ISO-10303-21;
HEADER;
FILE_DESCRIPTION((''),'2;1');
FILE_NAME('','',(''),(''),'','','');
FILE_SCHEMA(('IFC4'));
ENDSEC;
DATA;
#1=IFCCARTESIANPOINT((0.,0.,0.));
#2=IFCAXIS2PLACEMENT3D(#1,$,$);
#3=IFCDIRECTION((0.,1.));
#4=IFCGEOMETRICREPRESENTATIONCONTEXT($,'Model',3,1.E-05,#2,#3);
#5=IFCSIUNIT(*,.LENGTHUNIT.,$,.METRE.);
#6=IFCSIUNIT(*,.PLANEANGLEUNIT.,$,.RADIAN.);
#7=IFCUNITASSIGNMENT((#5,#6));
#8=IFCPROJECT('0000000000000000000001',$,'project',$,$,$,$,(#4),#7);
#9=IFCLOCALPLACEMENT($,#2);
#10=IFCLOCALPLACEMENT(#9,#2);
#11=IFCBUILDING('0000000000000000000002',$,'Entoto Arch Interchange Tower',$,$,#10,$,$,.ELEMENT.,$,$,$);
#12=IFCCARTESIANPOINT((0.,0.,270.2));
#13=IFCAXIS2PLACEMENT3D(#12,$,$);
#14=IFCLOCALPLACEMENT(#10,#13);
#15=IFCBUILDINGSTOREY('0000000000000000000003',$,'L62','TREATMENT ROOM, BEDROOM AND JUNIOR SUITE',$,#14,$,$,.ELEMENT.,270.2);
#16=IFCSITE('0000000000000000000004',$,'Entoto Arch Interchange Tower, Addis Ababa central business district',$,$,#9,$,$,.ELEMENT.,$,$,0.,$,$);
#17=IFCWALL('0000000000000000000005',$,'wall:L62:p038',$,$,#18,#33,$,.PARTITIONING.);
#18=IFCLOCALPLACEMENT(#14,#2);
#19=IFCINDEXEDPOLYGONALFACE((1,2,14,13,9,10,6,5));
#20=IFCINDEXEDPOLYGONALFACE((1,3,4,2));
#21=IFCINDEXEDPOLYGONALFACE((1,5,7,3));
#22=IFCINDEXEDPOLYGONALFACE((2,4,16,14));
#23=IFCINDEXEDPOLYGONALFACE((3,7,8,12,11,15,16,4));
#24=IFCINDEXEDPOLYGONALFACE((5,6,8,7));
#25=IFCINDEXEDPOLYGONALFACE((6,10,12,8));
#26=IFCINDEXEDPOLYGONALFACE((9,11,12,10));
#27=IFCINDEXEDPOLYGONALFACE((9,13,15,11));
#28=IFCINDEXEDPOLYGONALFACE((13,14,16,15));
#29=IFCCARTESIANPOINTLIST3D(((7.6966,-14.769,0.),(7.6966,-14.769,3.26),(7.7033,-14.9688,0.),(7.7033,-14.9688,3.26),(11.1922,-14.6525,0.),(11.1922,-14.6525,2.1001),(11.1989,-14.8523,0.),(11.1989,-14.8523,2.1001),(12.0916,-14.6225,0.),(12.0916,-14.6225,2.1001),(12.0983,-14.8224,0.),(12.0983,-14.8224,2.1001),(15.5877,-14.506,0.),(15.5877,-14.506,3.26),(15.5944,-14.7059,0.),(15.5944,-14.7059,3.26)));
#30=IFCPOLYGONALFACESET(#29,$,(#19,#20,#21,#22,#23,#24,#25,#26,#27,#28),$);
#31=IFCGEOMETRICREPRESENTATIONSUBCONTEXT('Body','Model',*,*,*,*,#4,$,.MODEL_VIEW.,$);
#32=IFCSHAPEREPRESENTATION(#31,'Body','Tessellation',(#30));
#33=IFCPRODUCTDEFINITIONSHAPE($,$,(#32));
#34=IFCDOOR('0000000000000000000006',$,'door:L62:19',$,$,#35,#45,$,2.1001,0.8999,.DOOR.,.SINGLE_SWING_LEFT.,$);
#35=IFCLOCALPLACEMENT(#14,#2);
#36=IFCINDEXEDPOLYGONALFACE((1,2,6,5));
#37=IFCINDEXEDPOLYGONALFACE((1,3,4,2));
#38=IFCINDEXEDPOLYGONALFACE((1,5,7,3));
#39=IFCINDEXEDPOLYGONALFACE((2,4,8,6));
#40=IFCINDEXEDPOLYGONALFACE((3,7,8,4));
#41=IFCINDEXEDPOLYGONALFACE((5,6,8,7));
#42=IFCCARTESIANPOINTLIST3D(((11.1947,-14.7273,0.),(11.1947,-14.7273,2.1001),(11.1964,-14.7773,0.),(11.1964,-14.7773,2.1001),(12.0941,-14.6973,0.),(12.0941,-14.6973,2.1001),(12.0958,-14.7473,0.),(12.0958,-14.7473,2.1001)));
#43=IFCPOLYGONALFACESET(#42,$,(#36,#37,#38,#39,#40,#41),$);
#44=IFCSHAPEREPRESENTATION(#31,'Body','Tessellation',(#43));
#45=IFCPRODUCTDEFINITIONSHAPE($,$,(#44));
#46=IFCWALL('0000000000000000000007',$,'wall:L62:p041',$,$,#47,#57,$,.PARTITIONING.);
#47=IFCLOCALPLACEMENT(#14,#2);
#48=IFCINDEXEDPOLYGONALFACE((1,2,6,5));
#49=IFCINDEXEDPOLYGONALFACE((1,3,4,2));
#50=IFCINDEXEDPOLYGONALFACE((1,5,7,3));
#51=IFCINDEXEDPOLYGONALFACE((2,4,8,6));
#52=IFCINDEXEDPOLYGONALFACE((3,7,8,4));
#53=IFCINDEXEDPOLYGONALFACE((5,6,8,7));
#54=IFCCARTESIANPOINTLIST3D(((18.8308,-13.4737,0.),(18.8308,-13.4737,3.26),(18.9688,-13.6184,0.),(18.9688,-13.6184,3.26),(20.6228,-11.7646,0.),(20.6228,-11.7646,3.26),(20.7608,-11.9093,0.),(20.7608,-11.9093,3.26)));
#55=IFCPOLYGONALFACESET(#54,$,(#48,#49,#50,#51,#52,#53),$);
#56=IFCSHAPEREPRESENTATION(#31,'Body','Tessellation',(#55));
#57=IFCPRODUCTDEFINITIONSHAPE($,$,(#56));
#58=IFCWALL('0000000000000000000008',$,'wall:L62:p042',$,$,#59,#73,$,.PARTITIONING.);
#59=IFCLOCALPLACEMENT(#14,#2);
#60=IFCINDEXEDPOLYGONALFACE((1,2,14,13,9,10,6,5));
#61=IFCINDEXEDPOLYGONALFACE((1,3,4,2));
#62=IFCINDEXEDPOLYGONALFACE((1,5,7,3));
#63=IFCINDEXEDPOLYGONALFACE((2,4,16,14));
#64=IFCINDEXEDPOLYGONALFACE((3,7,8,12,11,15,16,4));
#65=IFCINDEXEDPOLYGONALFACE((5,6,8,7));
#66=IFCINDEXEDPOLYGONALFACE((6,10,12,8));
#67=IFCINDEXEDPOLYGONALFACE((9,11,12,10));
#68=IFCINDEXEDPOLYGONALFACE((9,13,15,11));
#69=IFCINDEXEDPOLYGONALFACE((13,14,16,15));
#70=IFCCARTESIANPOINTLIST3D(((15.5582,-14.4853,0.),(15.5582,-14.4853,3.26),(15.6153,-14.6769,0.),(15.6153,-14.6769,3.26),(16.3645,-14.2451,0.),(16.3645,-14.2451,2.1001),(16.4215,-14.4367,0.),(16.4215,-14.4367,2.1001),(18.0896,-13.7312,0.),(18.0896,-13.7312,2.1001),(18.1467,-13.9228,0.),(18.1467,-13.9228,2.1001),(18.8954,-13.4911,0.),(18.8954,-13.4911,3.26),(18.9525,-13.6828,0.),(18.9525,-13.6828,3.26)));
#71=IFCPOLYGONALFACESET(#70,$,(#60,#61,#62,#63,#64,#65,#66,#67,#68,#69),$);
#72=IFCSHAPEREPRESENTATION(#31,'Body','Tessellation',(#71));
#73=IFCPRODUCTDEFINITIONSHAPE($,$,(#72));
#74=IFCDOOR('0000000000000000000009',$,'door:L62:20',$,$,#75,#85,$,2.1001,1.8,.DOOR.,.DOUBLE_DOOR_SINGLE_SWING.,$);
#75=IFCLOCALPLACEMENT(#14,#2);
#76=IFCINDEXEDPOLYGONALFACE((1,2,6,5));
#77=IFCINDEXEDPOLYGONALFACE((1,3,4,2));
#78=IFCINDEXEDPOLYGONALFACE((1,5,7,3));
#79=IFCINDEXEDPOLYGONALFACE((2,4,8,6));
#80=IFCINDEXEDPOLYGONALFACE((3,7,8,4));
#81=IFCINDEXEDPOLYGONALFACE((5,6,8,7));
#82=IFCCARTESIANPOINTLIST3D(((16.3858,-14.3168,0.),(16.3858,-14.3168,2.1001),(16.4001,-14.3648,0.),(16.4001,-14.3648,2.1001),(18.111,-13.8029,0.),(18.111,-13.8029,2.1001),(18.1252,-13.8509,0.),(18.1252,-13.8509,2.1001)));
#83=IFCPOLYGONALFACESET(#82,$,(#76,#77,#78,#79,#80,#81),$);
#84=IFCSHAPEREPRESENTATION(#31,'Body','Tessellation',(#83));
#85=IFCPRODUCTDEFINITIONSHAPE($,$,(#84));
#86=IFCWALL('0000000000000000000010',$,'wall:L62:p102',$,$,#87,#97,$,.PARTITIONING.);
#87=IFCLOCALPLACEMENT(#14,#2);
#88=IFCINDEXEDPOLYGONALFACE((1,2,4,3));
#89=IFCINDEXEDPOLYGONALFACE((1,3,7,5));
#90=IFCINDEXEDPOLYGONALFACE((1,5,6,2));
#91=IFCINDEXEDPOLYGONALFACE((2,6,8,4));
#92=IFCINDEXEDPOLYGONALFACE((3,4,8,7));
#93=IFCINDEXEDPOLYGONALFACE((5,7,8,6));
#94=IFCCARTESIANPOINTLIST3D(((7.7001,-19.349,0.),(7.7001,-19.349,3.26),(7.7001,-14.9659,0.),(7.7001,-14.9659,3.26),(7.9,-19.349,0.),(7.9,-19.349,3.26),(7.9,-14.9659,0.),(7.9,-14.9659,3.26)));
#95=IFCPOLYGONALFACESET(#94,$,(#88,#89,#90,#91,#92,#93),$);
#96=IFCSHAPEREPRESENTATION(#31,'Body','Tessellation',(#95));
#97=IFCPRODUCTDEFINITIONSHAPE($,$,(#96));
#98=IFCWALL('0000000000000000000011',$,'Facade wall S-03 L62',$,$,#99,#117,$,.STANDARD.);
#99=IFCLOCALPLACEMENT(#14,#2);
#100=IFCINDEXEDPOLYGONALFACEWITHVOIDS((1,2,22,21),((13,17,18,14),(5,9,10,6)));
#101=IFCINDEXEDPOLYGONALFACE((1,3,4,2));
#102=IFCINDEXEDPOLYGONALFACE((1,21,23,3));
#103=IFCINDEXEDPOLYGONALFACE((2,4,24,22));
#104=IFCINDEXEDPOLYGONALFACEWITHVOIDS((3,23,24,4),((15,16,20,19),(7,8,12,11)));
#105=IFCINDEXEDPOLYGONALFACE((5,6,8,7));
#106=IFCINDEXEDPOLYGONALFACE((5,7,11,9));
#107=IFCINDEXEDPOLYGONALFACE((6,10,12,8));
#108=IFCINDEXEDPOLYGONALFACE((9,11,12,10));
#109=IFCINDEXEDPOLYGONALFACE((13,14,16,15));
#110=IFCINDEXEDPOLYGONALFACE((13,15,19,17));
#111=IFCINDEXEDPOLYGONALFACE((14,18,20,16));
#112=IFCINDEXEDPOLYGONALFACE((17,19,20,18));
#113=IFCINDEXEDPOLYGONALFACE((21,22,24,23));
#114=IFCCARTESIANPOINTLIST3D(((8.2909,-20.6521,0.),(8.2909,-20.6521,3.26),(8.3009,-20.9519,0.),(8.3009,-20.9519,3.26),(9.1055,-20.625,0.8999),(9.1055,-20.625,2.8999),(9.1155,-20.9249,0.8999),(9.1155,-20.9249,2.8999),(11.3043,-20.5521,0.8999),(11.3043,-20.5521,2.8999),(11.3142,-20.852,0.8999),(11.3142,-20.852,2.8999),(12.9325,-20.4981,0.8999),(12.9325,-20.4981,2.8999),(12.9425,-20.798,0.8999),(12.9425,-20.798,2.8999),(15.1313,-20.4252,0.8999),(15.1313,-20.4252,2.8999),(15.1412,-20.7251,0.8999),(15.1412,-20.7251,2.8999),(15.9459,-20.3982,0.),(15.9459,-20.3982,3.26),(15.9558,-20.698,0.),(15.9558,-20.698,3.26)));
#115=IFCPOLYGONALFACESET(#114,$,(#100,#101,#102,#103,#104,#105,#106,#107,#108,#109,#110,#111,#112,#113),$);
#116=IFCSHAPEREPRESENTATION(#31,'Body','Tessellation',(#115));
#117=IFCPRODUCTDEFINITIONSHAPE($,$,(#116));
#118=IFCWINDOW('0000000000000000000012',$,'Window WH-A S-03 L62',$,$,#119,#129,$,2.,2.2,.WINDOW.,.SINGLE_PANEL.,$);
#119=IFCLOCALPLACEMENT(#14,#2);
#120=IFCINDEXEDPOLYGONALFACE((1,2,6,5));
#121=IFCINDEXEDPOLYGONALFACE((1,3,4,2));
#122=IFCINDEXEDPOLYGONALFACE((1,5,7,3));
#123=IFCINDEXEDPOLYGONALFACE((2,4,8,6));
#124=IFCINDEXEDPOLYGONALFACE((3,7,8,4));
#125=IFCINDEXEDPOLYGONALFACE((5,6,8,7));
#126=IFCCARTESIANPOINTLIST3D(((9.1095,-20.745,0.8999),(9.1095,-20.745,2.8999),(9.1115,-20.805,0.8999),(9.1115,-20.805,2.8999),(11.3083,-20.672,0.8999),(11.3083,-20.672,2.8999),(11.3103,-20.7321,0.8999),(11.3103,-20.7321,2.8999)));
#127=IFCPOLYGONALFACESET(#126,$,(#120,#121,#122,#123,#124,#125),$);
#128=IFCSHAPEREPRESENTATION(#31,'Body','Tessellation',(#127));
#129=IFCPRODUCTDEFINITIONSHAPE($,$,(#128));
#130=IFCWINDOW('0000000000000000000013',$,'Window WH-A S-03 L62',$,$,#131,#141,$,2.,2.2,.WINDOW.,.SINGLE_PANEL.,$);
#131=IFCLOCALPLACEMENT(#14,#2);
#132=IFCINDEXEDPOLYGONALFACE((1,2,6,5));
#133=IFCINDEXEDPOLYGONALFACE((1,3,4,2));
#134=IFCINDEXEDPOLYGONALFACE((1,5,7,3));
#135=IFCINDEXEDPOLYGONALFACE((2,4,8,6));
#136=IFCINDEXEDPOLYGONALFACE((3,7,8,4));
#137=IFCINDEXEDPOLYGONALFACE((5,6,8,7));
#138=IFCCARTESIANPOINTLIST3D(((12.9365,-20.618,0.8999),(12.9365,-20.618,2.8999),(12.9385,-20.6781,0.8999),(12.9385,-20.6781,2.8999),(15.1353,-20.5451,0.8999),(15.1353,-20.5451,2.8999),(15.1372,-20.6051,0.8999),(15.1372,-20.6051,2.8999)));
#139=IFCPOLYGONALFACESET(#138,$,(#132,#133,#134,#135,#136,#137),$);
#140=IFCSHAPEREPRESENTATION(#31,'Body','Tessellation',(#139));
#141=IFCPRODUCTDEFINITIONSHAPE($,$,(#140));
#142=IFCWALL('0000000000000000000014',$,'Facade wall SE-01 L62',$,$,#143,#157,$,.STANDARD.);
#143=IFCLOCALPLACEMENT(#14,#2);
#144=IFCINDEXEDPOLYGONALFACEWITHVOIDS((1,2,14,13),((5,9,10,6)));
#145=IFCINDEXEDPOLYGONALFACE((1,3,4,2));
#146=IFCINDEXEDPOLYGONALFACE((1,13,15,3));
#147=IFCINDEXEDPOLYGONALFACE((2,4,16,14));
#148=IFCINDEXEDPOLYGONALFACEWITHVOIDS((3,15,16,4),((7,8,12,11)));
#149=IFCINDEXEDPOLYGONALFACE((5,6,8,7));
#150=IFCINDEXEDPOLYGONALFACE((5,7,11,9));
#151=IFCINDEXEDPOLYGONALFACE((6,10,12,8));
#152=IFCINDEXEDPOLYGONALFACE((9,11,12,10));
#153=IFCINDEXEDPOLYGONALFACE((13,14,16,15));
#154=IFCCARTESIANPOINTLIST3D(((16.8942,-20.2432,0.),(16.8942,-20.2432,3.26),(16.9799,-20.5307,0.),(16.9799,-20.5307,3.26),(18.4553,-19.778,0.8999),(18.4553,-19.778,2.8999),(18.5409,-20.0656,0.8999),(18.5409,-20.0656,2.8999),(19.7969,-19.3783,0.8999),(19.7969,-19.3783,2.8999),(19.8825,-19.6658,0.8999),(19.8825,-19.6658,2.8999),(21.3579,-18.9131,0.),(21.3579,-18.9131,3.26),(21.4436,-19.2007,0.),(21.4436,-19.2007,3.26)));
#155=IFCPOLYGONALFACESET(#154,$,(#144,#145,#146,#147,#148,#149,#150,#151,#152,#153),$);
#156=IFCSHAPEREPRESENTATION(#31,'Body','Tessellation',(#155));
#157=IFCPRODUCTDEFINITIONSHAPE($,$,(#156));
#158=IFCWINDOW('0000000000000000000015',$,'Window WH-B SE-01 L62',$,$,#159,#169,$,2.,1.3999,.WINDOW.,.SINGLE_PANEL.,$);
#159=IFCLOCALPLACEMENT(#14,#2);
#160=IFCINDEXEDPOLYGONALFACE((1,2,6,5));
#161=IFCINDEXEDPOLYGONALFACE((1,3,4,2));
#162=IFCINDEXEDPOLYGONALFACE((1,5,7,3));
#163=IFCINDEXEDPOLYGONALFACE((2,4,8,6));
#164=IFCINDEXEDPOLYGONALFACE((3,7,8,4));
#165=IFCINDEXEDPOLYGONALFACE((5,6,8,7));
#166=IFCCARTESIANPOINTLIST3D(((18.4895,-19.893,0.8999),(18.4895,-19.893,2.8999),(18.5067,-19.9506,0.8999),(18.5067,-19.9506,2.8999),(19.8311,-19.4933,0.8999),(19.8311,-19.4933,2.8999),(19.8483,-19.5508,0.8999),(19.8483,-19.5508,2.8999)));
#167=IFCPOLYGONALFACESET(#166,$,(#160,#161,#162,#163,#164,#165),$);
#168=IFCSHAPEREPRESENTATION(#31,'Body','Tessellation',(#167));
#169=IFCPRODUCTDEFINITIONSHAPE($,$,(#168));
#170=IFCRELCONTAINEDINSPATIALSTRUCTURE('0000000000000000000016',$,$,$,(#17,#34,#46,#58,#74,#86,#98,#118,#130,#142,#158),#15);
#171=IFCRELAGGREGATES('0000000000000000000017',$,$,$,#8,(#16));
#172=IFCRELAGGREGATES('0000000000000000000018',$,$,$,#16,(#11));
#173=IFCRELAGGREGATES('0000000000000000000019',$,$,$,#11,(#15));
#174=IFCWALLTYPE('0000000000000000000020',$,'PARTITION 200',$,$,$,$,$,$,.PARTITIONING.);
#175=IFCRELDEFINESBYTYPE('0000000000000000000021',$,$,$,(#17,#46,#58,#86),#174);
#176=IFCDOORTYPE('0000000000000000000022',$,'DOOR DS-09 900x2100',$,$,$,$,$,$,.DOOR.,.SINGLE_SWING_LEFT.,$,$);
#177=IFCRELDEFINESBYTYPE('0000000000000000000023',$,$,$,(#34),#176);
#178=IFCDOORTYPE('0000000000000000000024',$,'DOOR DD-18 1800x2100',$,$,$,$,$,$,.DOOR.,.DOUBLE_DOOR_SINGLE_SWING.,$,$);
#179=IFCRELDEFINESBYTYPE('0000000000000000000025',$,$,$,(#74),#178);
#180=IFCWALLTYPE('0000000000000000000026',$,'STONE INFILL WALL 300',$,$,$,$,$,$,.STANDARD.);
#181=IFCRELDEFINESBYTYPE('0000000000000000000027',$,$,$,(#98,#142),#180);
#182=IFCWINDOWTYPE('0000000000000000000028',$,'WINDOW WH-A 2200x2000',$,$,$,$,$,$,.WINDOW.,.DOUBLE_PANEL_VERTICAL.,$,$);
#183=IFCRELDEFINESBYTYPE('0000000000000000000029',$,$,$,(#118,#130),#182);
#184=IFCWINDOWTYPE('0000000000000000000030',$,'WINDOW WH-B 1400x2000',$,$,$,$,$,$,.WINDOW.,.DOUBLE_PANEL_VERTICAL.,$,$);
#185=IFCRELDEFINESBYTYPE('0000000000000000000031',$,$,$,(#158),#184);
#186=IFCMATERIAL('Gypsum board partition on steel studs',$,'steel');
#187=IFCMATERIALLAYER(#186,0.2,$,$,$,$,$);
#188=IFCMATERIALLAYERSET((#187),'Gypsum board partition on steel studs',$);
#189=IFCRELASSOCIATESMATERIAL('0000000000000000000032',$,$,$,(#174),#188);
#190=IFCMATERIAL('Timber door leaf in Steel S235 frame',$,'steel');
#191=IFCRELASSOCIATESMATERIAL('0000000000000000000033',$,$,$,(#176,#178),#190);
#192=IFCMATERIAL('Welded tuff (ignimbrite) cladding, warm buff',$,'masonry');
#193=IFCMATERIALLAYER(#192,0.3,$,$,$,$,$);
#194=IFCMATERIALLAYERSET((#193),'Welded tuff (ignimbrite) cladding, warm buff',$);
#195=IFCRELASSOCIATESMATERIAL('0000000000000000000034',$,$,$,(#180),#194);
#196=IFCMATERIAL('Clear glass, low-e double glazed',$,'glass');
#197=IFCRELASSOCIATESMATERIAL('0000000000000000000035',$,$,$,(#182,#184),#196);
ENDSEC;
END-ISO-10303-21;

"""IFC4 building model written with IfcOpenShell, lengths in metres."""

from ifc_helpers import new_model, si_unit, direction, frame, frame_2d, origin, place, context, subcontext, project, spatial, rectangle, extrude, material, layer, layer_set, type_object, element, fill, save


model = new_model("IFC4")

# Units and contexts
model_context = context("Model", 3, precision=1e-05, world=origin(), true_north=direction((0.0, 1.0)))
body_context = subcontext(model_context, "Body", "Model", "MODEL_VIEW")
ifc_project = project(units=[si_unit("LENGTHUNIT", "METRE"), si_unit("PLANEANGLEUNIT", "RADIAN")], contexts=[model_context])

# Site, building, storey
site_placement = place(None, origin())
site = spatial("IfcSite", under=ifc_project, at=site_placement, Name="Entoto Arch Interchange Tower, Addis Ababa central business district", CompositionType="ELEMENT", RefElevation=0.0)
building_placement = place(site_placement, origin())
building = spatial("IfcBuilding", under=site, at=building_placement, Name="Entoto Arch Interchange Tower", CompositionType="ELEMENT")
storey_placement = place(building_placement, frame((0.0, 0.0, 270.2)))
storey = spatial("IfcBuildingStorey", under=building, at=storey_placement, Name="L62", Description="TREATMENT ROOM, BEDROOM AND JUNIOR SUITE", CompositionType="ELEMENT", Elevation=270.2)

# Shared definitions
ifc_material_1 = material(Name="Gypsum board partition on steel studs", Category="steel")
ifc_layer_1 = layer(ifc_material_1, 0.2)
ifc_layer_set_1 = layer_set([ifc_layer_1], Name="Gypsum board partition on steel studs")
wall_type_1 = type_object("IfcWallType", Name="PARTITION 200", PredefinedType="PARTITIONING", material=ifc_layer_set_1)

# Shared definitions
ifc_material_2 = material(Name="Timber door leaf in Steel S235 frame", Category="steel")

# Wall, opening, door
wall_1_placement = place(storey_placement, frame((15.5911, -14.606, 0.0), z_axis=(0.0, 0.0, 1.0), x_axis=(-0.999445, -0.033302, 0.0)))
wall_1 = element("IfcWall", 1, at=wall_1_placement, inside=storey, type_object=wall_type_1, Name="wall:L62:p038", PredefinedType="PARTITIONING", context=body_context, shape_type="SweptSolid", body=[
    extrude(rectangle(XDim=7.8955, YDim=0.2, at=frame_2d((3.9478, 0.0))), origin(), (0.0, 0.0, 1.0), 3.26),
])
opening_1_placement = place(wall_1_placement, frame((3.498, 0.0, 0.0)))
opening_1 = element("IfcOpeningElement", 2, at=opening_1_placement, cuts=wall_1, PredefinedType="OPENING", context=body_context, shape_type="SweptSolid", body=[
    extrude(rectangle(XDim=0.8999, YDim=2.1001, at=frame_2d((0.45, 1.05))), frame((0.0, 0.1099, 0.0), z_axis=(0.0, -1.0, 0.0), x_axis=(1.0, 0.0, 0.0)), (0.0, 0.0, 1.0), 0.22),
])
door_type_1 = type_object("IfcDoorType", Name="DOOR DS-09 900x2100", OperationType="SINGLE_SWING_LEFT", PredefinedType="DOOR", material=ifc_material_2)
door_1_placement = place(opening_1_placement, origin())
door_1 = element("IfcDoor", 3, at=door_1_placement, inside=storey, type_object=door_type_1, Name="door:L62:19", OperationType="SINGLE_SWING_LEFT", OverallHeight=2.1001, OverallWidth=0.8999, PredefinedType="DOOR", context=body_context, shape_type="SweptSolid", body=[
    extrude(rectangle(XDim=0.8999, YDim=2.1001, at=frame_2d((0.45, 1.05))), frame((0.0, 0.0249, 0.0), z_axis=(0.0, -1.0, 0.0), x_axis=(1.0, 0.0, 0.0)), (0.0, 0.0, 1.0), 0.05),
])
fill(opening_1, door_1)

# Wall
wall_2_placement = place(storey_placement, frame((20.6919, -11.8369, 0.0), z_axis=(0.0, 0.0, 1.0), x_axis=(-0.723669, -0.690147, 0.0)))
element("IfcWall", 4, at=wall_2_placement, inside=storey, type_object=wall_type_1, Name="wall:L62:p041", PredefinedType="PARTITIONING", context=body_context, shape_type="SweptSolid", body=[
    extrude(rectangle(XDim=2.4763, YDim=0.2, at=frame_2d((1.2383, 0.0))), origin(), (0.0, 0.0, 1.0), 3.26),
])

# Wall, opening, door
wall_3_placement = place(storey_placement, frame((18.9241, -13.5869, 0.0), z_axis=(0.0, 0.0, 1.0), x_axis=(-0.958378, -0.285501, 0.0)))
wall_3 = element("IfcWall", 5, at=wall_3_placement, inside=storey, type_object=wall_type_1, Name="wall:L62:p042", PredefinedType="PARTITIONING", context=body_context, shape_type="SweptSolid", body=[
    extrude(rectangle(XDim=3.4822, YDim=0.2, at=frame_2d((1.7412, 0.0))), origin(), (0.0, 0.0, 1.0), 3.26),
])
opening_2_placement = place(wall_3_placement, frame((0.8411, 0.0, 0.0)))
opening_2 = element("IfcOpeningElement", 6, at=opening_2_placement, cuts=wall_3, PredefinedType="OPENING", context=body_context, shape_type="SweptSolid", body=[
    extrude(rectangle(XDim=1.8, YDim=2.1001, at=frame_2d((0.8999, 1.05))), frame((0.0, 0.1099, 0.0), z_axis=(0.0, -1.0, 0.0), x_axis=(1.0, 0.0, 0.0)), (0.0, 0.0, 1.0), 0.22),
])
door_type_2 = type_object("IfcDoorType", Name="DOOR DD-18 1800x2100", OperationType="DOUBLE_DOOR_SINGLE_SWING", PredefinedType="DOOR", material=ifc_material_2)
door_2_placement = place(opening_2_placement, origin())
door_2 = element("IfcDoor", 7, at=door_2_placement, inside=storey, type_object=door_type_2, Name="door:L62:20", OperationType="DOUBLE_DOOR_SINGLE_SWING", OverallHeight=2.1001, OverallWidth=1.8, PredefinedType="DOOR", context=body_context, shape_type="SweptSolid", body=[
    extrude(rectangle(XDim=1.8, YDim=2.1001, at=frame_2d((0.8999, 1.05))), frame((0.0, 0.0249, 0.0), z_axis=(0.0, -1.0, 0.0), x_axis=(1.0, 0.0, 0.0)), (0.0, 0.0, 1.0), 0.05),
])
fill(opening_2, door_2)

# Wall
wall_4_placement = place(storey_placement, frame((7.8, -14.9661, 0.0), z_axis=(0.0, 0.0, 1.0), x_axis=(0.0, -1.0, 0.0)))
element("IfcWall", 8, at=wall_4_placement, inside=storey, type_object=wall_type_1, Name="wall:L62:p102", PredefinedType="PARTITIONING", context=body_context, shape_type="SweptSolid", body=[
    extrude(rectangle(XDim=4.3831, YDim=0.2, at=frame_2d((2.1914, 0.0))), origin(), (0.0, 0.0, 1.0), 3.26),
])

# Wall, openings, windows
ifc_material_3 = material(Name="Welded tuff (ignimbrite) cladding, warm buff", Category="masonry")
ifc_layer_2 = layer(ifc_material_3, 0.3)
ifc_layer_set_2 = layer_set([ifc_layer_2], Name="Welded tuff (ignimbrite) cladding, warm buff")
wall_type_2 = type_object("IfcWallType", Name="STONE INFILL WALL 300", PredefinedType="STANDARD", material=ifc_layer_set_2)
wall_5_placement = place(storey_placement, frame((8.2959, -20.802, 0.0), z_axis=(0.0, 0.0, 1.0), x_axis=(0.99945, 0.03315, 0.0)))
wall_5 = element("IfcWall", 9, at=wall_5_placement, inside=storey, type_object=wall_type_2, Name="Facade wall S-03 L62", PredefinedType="STANDARD", context=body_context, shape_type="SweptSolid", body=[
    extrude(rectangle(XDim=7.6592, YDim=0.3, at=frame_2d((3.8296, 0.0))), origin(), (0.0, 0.0, 1.0), 3.26),
])
opening_3_placement = place(wall_5_placement, frame((0.8149, 0.0, 0.8999)))
opening_3 = element("IfcOpeningElement", 10, at=opening_3_placement, cuts=wall_5, PredefinedType="OPENING", context=body_context, shape_type="SweptSolid", body=[
    extrude(rectangle(XDim=2.2, YDim=2.0, at=frame_2d((1.1001, 1.0))), frame((0.0, 0.1602, 0.0), z_axis=(0.0, -1.0, 0.0), x_axis=(1.0, 0.0, 0.0)), (0.0, 0.0, 1.0), 0.3201),
])
opening_4_placement = place(wall_5_placement, frame((4.644, 0.0, 0.8999)))
opening_4 = element("IfcOpeningElement", 11, at=opening_4_placement, cuts=wall_5, PredefinedType="OPENING", context=body_context, shape_type="SweptSolid", body=[
    extrude(rectangle(XDim=2.2, YDim=2.0, at=frame_2d((1.1001, 1.0))), frame((0.0, 0.1602, 0.0), z_axis=(0.0, -1.0, 0.0), x_axis=(1.0, 0.0, 0.0)), (0.0, 0.0, 1.0), 0.3201),
])
ifc_material_4 = material(Name="Clear glass, low-e double glazed", Category="glass")
window_type_1 = type_object("IfcWindowType", Name="WINDOW WH-A 2200x2000", PartitioningType="DOUBLE_PANEL_VERTICAL", PredefinedType="WINDOW", material=ifc_material_4)
window_1_placement = place(opening_3_placement, origin())
window_1 = element("IfcWindow", 12, at=window_1_placement, inside=storey, type_object=window_type_1, Name="Window WH-A S-03 L62", OverallHeight=2.0, OverallWidth=2.2, PartitioningType="SINGLE_PANEL", PredefinedType="WINDOW", context=body_context, shape_type="SweptSolid", body=[
    extrude(rectangle(XDim=2.2, YDim=2.0, at=frame_2d((1.1001, 1.0))), frame((0.0, 0.03, 0.0), z_axis=(0.0, -1.0, 0.0), x_axis=(1.0, 0.0, 0.0)), (0.0, 0.0, 1.0), 0.0601),
])
fill(opening_3, window_1)
window_2_placement = place(opening_4_placement, origin())
window_2 = element("IfcWindow", 13, at=window_2_placement, inside=storey, type_object=window_type_1, Name="Window WH-A S-03 L62", OverallHeight=2.0, OverallWidth=2.2, PartitioningType="SINGLE_PANEL", PredefinedType="WINDOW", context=body_context, shape_type="SweptSolid", body=[
    extrude(rectangle(XDim=2.2, YDim=2.0, at=frame_2d((1.1001, 1.0))), frame((0.0, 0.03, 0.0), z_axis=(0.0, -1.0, 0.0), x_axis=(1.0, 0.0, 0.0)), (0.0, 0.0, 1.0), 0.0601),
])
fill(opening_4, window_2)

# Wall, opening, window
wall_6_placement = place(storey_placement, frame((16.937, -20.387, 0.0), z_axis=(0.0, 0.0, 1.0), x_axis=(0.958361, 0.285559, 0.0)))
wall_6 = element("IfcWall", 14, at=wall_6_placement, inside=storey, type_object=wall_type_2, Name="Facade wall SE-01 L62", PredefinedType="STANDARD", context=body_context, shape_type="SweptSolid", body=[
    extrude(rectangle(XDim=4.6577, YDim=0.3, at=frame_2d((2.3289, 0.0))), origin(), (0.0, 0.0, 1.0), 3.26),
])
opening_5_placement = place(wall_6_placement, frame((1.6289, 0.0, 0.8999)))
opening_5 = element("IfcOpeningElement", 15, at=opening_5_placement, cuts=wall_6, PredefinedType="OPENING", context=body_context, shape_type="SweptSolid", body=[
    extrude(rectangle(XDim=1.3999, YDim=2.0, at=frame_2d((0.7, 1.0))), frame((0.0, 0.1602, 0.0), z_axis=(0.0, -1.0, 0.0), x_axis=(1.0, 0.0, 0.0)), (0.0, 0.0, 1.0), 0.3201),
])
window_type_2 = type_object("IfcWindowType", Name="WINDOW WH-B 1400x2000", PartitioningType="DOUBLE_PANEL_VERTICAL", PredefinedType="WINDOW", material=ifc_material_4)
window_3_placement = place(opening_5_placement, origin())
window_3 = element("IfcWindow", 16, at=window_3_placement, inside=storey, type_object=window_type_2, Name="Window WH-B SE-01 L62", OverallHeight=2.0, OverallWidth=1.3999, PartitioningType="SINGLE_PANEL", PredefinedType="WINDOW", context=body_context, shape_type="SweptSolid", body=[
    extrude(rectangle(XDim=1.3999, YDim=2.0, at=frame_2d((0.7, 1.0))), frame((0.0, 0.03, 0.0), z_axis=(0.0, -1.0, 0.0), x_axis=(1.0, 0.0, 0.0)), (0.0, 0.0, 1.0), 0.0601),
])
fill(opening_5, window_3)

save(model, "model.ifc")
